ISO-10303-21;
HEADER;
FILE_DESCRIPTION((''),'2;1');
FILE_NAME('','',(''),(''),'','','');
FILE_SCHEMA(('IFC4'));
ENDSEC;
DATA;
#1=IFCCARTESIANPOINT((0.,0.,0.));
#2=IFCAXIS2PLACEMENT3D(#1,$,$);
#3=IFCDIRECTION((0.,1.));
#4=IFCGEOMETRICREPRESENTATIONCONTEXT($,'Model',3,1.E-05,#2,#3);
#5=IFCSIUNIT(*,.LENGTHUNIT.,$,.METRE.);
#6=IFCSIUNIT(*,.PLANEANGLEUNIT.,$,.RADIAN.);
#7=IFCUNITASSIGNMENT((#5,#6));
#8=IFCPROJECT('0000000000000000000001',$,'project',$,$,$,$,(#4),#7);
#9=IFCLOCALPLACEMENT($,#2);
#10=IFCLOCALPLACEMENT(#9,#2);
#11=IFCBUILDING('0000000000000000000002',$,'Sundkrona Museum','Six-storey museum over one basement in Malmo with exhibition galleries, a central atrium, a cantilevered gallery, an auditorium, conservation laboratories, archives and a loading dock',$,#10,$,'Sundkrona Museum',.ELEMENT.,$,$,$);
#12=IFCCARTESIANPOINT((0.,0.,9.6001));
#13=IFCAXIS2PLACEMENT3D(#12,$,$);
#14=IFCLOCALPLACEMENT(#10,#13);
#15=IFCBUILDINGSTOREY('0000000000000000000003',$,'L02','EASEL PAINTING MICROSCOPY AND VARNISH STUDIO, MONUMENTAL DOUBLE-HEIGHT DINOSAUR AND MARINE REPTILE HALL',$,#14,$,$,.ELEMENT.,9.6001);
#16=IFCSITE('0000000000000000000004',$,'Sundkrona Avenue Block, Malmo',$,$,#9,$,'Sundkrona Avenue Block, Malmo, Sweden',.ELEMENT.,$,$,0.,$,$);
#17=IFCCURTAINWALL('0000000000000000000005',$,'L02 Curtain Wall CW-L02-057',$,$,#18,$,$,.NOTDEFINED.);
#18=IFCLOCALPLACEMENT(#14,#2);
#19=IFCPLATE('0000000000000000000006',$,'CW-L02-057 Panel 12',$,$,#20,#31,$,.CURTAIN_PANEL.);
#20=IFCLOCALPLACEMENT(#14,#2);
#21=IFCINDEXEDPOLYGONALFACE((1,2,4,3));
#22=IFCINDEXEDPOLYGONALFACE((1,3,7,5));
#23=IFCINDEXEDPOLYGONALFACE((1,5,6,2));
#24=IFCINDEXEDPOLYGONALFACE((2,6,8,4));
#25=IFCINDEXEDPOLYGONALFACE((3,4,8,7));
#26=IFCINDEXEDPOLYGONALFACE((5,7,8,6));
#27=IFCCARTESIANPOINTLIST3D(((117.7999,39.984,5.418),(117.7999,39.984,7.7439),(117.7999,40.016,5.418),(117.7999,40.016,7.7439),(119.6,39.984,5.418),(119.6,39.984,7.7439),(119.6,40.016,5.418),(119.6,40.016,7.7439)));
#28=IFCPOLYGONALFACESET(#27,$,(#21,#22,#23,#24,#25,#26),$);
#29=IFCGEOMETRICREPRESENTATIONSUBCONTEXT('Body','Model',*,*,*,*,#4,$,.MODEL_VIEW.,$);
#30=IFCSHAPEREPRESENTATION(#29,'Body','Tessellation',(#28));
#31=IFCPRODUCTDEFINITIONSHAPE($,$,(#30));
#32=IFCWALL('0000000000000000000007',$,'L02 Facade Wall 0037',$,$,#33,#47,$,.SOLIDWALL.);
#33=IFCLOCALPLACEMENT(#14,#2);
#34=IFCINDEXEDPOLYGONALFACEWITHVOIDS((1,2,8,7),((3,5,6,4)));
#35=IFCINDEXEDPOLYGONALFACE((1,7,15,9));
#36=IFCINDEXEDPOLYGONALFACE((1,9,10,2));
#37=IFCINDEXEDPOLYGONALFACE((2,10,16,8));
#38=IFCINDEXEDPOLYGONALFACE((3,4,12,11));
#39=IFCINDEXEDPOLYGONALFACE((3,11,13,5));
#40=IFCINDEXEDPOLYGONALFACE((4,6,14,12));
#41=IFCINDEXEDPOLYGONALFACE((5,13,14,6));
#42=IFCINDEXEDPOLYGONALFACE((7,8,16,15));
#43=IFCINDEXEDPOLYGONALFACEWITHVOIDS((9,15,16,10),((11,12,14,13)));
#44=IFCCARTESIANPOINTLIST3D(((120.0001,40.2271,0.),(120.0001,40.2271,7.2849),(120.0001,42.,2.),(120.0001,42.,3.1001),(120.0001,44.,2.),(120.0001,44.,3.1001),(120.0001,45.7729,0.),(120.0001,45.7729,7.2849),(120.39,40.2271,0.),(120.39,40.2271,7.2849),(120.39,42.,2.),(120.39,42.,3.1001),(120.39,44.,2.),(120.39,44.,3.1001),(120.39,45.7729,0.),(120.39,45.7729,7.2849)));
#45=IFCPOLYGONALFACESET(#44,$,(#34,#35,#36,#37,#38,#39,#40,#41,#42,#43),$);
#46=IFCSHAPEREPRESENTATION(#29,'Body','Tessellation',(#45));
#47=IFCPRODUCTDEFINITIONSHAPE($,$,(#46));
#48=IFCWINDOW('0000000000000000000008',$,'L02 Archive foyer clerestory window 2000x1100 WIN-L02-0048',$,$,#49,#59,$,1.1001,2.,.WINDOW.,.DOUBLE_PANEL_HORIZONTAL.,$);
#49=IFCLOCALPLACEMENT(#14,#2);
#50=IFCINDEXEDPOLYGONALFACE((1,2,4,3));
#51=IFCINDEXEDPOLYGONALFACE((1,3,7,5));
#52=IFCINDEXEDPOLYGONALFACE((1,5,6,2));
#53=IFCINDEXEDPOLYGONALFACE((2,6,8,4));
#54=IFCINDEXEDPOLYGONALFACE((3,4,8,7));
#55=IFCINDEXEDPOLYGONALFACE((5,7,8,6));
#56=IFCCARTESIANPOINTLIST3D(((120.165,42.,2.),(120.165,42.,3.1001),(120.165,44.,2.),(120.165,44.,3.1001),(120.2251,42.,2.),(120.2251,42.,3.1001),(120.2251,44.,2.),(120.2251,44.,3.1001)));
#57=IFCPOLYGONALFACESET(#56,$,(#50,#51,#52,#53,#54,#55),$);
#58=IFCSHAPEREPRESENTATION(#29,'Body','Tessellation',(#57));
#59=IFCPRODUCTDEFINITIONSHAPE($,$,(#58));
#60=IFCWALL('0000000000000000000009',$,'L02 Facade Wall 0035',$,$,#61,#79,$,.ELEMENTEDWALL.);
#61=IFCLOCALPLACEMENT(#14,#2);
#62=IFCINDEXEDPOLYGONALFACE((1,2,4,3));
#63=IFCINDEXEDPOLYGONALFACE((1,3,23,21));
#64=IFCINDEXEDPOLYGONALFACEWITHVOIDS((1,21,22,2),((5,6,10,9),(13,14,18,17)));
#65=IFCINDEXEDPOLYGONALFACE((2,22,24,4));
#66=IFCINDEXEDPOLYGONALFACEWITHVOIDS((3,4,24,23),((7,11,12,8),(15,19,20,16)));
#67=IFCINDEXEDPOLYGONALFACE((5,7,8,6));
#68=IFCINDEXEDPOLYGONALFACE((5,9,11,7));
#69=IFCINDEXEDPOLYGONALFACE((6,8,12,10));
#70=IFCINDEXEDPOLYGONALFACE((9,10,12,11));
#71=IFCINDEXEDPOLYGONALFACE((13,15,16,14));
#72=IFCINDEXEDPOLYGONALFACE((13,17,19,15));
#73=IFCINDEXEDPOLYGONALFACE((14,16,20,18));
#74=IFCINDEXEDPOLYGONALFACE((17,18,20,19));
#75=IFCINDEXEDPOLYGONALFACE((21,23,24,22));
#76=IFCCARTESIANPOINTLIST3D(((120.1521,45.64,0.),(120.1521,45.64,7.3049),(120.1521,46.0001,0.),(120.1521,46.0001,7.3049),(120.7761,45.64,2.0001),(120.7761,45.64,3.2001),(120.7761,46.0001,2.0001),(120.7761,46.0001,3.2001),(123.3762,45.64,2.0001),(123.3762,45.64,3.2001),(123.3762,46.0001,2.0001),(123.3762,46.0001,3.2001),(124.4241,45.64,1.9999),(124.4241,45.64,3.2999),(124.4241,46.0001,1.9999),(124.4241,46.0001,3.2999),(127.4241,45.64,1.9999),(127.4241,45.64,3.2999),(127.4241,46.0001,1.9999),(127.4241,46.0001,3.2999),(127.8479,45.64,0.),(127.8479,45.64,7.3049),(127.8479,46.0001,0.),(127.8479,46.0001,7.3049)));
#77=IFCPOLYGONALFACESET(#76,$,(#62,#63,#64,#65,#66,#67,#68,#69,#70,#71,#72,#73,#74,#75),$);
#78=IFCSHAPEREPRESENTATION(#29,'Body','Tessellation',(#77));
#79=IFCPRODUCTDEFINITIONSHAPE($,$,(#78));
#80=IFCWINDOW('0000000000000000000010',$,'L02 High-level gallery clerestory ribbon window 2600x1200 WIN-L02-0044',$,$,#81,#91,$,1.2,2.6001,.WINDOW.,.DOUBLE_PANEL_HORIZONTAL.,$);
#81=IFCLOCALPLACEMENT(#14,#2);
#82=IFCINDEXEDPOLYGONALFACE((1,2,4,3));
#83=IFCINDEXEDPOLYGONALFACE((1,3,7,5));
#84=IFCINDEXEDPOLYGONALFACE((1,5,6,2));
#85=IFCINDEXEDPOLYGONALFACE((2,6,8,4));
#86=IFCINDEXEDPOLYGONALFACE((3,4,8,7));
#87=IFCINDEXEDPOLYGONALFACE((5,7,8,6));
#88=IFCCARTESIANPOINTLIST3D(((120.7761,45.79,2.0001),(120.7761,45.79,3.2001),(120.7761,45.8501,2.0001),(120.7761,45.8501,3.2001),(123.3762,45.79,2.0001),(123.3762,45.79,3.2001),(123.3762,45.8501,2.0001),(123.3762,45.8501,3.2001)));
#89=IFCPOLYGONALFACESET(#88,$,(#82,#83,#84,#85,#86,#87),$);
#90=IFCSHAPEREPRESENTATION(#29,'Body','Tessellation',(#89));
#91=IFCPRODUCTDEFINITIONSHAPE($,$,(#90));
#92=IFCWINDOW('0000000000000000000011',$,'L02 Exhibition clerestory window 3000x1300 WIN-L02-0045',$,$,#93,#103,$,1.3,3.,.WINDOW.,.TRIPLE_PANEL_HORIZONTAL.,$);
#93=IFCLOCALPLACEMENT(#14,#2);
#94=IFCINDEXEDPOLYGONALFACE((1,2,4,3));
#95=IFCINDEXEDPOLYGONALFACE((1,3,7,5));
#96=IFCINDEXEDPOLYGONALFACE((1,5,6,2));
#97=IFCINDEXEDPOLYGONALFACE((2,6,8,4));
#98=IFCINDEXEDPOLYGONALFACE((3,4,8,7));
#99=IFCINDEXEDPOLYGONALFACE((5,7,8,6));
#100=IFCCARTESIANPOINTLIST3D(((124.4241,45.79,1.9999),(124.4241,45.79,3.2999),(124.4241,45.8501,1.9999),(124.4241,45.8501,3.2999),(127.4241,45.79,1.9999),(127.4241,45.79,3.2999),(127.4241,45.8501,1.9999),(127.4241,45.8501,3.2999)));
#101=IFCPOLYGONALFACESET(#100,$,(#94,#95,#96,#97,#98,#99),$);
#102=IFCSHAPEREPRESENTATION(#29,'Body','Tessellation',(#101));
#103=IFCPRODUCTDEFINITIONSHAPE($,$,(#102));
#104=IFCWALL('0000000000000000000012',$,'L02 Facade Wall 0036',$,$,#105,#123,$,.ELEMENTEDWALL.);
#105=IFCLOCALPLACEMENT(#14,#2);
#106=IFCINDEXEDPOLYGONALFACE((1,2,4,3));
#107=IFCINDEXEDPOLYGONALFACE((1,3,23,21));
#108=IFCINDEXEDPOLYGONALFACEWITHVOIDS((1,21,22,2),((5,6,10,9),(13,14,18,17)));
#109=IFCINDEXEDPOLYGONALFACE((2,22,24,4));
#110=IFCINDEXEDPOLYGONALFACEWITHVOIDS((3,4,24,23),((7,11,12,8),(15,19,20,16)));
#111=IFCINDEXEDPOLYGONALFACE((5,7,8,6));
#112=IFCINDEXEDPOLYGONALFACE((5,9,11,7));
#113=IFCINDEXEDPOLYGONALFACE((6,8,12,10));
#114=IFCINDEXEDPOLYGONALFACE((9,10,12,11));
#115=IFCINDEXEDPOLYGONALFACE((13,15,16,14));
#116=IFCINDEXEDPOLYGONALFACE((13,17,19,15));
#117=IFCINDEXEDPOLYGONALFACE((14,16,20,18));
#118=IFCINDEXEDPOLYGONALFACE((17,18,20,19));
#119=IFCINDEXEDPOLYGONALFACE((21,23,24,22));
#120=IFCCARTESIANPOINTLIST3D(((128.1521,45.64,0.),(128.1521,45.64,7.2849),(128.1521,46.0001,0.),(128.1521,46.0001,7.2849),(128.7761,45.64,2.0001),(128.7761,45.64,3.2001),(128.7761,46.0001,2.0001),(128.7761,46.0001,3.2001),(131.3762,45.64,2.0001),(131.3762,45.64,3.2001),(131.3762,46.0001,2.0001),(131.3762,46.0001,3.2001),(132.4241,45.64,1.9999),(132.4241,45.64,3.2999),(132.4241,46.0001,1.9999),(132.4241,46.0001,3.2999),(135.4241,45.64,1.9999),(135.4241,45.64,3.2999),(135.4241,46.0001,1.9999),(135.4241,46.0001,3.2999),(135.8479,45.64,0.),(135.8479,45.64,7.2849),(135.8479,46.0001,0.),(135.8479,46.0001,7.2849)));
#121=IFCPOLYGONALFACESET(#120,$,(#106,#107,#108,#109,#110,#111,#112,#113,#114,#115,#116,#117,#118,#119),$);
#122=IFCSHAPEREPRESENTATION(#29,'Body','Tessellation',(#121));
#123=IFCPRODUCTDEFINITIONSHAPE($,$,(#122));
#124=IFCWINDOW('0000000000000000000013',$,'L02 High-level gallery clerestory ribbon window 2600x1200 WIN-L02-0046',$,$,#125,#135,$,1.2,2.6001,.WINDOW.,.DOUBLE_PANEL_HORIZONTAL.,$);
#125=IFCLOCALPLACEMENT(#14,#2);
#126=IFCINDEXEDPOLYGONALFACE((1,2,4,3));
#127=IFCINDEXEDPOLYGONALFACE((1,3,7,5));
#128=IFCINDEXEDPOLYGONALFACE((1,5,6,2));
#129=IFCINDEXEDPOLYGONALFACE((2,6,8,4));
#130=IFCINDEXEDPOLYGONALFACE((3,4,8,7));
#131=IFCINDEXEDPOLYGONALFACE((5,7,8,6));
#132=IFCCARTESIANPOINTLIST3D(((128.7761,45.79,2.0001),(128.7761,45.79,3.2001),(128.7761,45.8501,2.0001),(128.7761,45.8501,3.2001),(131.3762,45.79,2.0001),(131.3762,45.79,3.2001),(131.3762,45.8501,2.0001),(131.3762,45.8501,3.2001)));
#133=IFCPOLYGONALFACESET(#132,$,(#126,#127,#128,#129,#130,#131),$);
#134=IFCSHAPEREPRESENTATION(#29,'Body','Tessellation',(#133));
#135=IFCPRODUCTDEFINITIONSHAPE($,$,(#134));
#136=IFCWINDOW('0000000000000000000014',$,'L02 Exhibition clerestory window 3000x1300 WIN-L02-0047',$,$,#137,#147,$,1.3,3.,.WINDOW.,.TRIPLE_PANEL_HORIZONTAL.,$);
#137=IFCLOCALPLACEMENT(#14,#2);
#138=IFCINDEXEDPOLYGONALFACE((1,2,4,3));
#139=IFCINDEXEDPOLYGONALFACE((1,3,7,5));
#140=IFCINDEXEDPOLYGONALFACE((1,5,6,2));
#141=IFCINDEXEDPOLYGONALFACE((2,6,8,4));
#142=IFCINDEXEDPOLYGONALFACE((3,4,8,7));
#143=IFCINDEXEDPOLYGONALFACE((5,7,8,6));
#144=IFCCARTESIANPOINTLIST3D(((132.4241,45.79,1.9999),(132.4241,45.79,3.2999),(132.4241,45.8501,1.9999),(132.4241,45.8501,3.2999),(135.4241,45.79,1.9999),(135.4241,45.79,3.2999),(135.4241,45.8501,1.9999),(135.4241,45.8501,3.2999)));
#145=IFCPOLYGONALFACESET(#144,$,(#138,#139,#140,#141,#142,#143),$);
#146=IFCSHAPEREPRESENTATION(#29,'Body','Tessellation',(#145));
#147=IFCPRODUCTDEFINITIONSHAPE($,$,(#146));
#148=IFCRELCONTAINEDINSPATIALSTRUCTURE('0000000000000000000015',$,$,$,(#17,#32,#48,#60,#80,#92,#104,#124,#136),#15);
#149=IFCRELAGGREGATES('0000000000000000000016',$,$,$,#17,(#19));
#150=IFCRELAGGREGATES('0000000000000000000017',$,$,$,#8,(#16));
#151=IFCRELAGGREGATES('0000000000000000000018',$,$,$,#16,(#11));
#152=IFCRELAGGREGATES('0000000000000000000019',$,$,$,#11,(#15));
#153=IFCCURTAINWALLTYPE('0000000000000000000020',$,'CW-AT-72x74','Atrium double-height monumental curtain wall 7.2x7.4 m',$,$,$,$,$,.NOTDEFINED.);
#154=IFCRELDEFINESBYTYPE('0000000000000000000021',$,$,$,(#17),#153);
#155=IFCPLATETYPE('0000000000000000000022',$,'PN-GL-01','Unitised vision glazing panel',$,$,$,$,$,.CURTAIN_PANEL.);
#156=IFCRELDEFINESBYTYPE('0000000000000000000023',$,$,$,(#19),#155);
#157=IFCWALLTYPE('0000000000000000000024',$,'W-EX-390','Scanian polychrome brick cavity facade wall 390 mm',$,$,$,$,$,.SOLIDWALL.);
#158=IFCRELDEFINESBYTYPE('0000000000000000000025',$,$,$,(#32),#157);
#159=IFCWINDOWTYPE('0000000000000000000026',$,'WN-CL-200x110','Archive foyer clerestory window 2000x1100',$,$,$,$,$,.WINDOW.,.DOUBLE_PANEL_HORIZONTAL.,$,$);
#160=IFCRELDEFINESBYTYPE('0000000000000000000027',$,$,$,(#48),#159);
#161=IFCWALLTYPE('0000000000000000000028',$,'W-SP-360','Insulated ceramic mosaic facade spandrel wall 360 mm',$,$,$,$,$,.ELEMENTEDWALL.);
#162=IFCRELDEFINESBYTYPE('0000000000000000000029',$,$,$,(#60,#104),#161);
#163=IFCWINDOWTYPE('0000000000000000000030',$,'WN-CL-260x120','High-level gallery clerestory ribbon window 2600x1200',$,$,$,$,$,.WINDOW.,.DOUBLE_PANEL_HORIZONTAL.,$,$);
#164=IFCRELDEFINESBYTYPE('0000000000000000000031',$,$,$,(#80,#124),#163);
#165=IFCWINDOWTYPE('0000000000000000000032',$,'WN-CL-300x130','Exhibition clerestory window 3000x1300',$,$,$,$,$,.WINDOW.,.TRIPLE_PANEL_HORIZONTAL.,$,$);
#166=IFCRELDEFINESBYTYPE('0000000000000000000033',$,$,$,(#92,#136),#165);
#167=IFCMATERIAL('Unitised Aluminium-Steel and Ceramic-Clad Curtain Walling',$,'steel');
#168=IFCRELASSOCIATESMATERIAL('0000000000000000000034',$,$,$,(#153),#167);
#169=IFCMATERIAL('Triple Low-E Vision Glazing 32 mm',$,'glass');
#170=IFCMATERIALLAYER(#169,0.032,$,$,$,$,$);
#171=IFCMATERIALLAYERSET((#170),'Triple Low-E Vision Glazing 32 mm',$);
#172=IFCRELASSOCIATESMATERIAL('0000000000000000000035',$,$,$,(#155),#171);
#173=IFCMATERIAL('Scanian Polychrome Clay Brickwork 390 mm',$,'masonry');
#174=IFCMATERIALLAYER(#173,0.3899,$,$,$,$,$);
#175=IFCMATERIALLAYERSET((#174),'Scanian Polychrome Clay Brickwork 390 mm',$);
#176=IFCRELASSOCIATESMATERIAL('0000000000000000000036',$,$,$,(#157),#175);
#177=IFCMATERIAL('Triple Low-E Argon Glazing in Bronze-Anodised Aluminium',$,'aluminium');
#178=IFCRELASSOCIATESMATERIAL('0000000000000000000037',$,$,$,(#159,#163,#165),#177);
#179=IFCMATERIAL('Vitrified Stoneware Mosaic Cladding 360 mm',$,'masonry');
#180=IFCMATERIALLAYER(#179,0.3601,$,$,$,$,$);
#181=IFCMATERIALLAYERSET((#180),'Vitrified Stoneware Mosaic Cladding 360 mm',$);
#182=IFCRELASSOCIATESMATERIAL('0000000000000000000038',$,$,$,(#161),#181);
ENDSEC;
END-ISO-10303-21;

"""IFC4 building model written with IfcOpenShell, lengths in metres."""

from ifc_helpers import new_model, si_unit, direction, frame, frame_2d, origin, origin_2d, place, context, subcontext, project, spatial, rectangle, extrude, material, layer, layer_set, type_object, element, fill, aggregate, save


model = new_model("IFC4")

# Units and contexts
model_context = context("Model", 3, precision=1e-05, world=origin(), true_north=direction((0.0, 1.0)))
body_context = subcontext(model_context, "Body", "Model", "MODEL_VIEW")
ifc_project = project(units=[si_unit("LENGTHUNIT", "METRE"), si_unit("PLANEANGLEUNIT", "RADIAN")], contexts=[model_context])

# Site, building, storey
site_placement = place(None, origin())
site = spatial("IfcSite", under=ifc_project, at=site_placement, Name="Sundkrona Avenue Block, Malmo", LongName="Sundkrona Avenue Block, Malmo, Sweden", CompositionType="ELEMENT", RefElevation=0.0)
building_placement = place(site_placement, origin())
building = spatial("IfcBuilding", under=site, at=building_placement, Name="Sundkrona Museum", Description="Six-storey museum over one basement in Malmo with exhibition galleries, a central atrium, a cantilevered gallery, an auditorium, conservation laboratories, archives and a loading dock", LongName="Sundkrona Museum", CompositionType="ELEMENT")
storey_placement = place(building_placement, frame((0.0, 0.0, 9.6001)))
storey = spatial("IfcBuildingStorey", under=building, at=storey_placement, Name="L02", Description="EASEL PAINTING MICROSCOPY AND VARNISH STUDIO, MONUMENTAL DOUBLE-HEIGHT DINOSAUR AND MARINE REPTILE HALL", CompositionType="ELEMENT", Elevation=9.6001)

# Curtain wall
ifc_material_1 = material(Name="Unitised Aluminium-Steel and Ceramic-Clad Curtain Walling", Category="steel")
curtain_wall_type = type_object("IfcCurtainWallType", Name="CW-AT-72x74", Description="Atrium double-height monumental curtain wall 7.2x7.4 m", PredefinedType="NOTDEFINED", material=ifc_material_1)
curtain_wall_placement = place(storey_placement, origin())
curtain_wall = element("IfcCurtainWall", 1, at=curtain_wall_placement, inside=storey, type_object=curtain_wall_type, Name="L02 Curtain Wall CW-L02-057", PredefinedType="NOTDEFINED")

# Plate
ifc_material_2 = material(Name="Triple Low-E Vision Glazing 32 mm", Category="glass")
ifc_layer_1 = layer(ifc_material_2, 0.032)
ifc_layer_set_1 = layer_set([ifc_layer_1], Name="Triple Low-E Vision Glazing 32 mm")
plate_type = type_object("IfcPlateType", Name="PN-GL-01", Description="Unitised vision glazing panel", PredefinedType="CURTAIN_PANEL", material=ifc_layer_set_1)
plate_1_placement = place(storey_placement, frame((118.7, 40.0, 5.418), z_axis=(0.0, 0.0, 1.0), x_axis=(1.0, 0.0, 0.0)))
plate_1 = element("IfcPlate", 2, at=plate_1_placement, type_object=plate_type, Name="CW-L02-057 Panel 12", PredefinedType="CURTAIN_PANEL", context=body_context, shape_type="SweptSolid", body=[
    extrude(rectangle(XDim=1.8, YDim=0.032, at=origin_2d()), origin(), (0.0, 0.0, 1.0), 2.3259),
])
aggregate(curtain_wall, [plate_1])

# Wall, opening, window
ifc_material_3 = material(Name="Scanian Polychrome Clay Brickwork 390 mm", Category="masonry")
ifc_layer_2 = layer(ifc_material_3, 0.3899)
ifc_layer_set_2 = layer_set([ifc_layer_2], Name="Scanian Polychrome Clay Brickwork 390 mm")
wall_type_1 = type_object("IfcWallType", Name="W-EX-390", Description="Scanian polychrome brick cavity facade wall 390 mm", PredefinedType="SOLIDWALL", material=ifc_layer_set_2)
wall_1_placement = place(storey_placement, frame((120.1951, 40.2271, 0.0), z_axis=(0.0, 0.0, 1.0), x_axis=(0.0, 1.0, 0.0)))
wall_1 = element("IfcWall", 3, at=wall_1_placement, inside=storey, type_object=wall_type_1, Name="L02 Facade Wall 0037", PredefinedType="SOLIDWALL", context=body_context, shape_type="SweptSolid", body=[
    extrude(rectangle(XDim=5.5459, YDim=0.3899, at=frame_2d((2.7729, 0.0))), origin(), (0.0, 0.0, 1.0), 7.2849),
])
opening_1_placement = place(wall_1_placement, frame((1.7729, 0.0, 2.0)))
opening_1 = element("IfcOpeningElement", 4, at=opening_1_placement, cuts=wall_1, PredefinedType="OPENING", context=body_context, shape_type="SweptSolid", body=[
    extrude(rectangle(XDim=2.0, YDim=1.1001, at=frame_2d((1.0, 0.55))), frame((0.0, 0.2048, 0.0), z_axis=(0.0, -1.0, 0.0), x_axis=(1.0, 0.0, 0.0)), (0.0, 0.0, 1.0), 0.4099),
])
ifc_material_4 = material(Name="Triple Low-E Argon Glazing in Bronze-Anodised Aluminium", Category="aluminium")
window_type_1 = type_object("IfcWindowType", Name="WN-CL-200x110", Description="Archive foyer clerestory window 2000x1100", PartitioningType="DOUBLE_PANEL_HORIZONTAL", PredefinedType="WINDOW", material=ifc_material_4)
window_1_placement = place(opening_1_placement, origin())
window_1 = element("IfcWindow", 5, at=window_1_placement, inside=storey, type_object=window_type_1, Name="L02 Archive foyer clerestory window 2000x1100 WIN-L02-0048", OverallHeight=1.1001, OverallWidth=2.0, PartitioningType="DOUBLE_PANEL_HORIZONTAL", PredefinedType="WINDOW", context=body_context, shape_type="SweptSolid", body=[
    extrude(rectangle(XDim=2.0, YDim=1.1001, at=frame_2d((1.0, 0.55))), frame((0.0, 0.03, 0.0), z_axis=(0.0, -1.0, 0.0), x_axis=(1.0, 0.0, 0.0)), (0.0, 0.0, 1.0), 0.0601),
])
fill(opening_1, window_1)

# Walls, openings, windows
ifc_material_5 = material(Name="Vitrified Stoneware Mosaic Cladding 360 mm", Category="masonry")
ifc_layer_3 = layer(ifc_material_5, 0.3601)
ifc_layer_set_3 = layer_set([ifc_layer_3], Name="Vitrified Stoneware Mosaic Cladding 360 mm")
wall_type_2 = type_object("IfcWallType", Name="W-SP-360", Description="Insulated ceramic mosaic facade spandrel wall 360 mm", PredefinedType="ELEMENTEDWALL", material=ifc_layer_set_3)
wall_2_placement = place(storey_placement, frame((120.1521, 45.8201, 0.0), z_axis=(0.0, 0.0, 1.0), x_axis=(1.0, 0.0, 0.0)))
wall_2 = element("IfcWall", 6, at=wall_2_placement, inside=storey, type_object=wall_type_2, Name="L02 Facade Wall 0035", PredefinedType="ELEMENTEDWALL", context=body_context, shape_type="SweptSolid", body=[
    extrude(rectangle(XDim=7.6958, YDim=0.3601, at=frame_2d((3.8479, 0.0))), origin(), (0.0, 0.0, 1.0), 7.3049),
])
opening_2_placement = place(wall_2_placement, frame((0.624, 0.0, 2.0)))
opening_2 = element("IfcOpeningElement", 7, at=opening_2_placement, cuts=wall_2, PredefinedType="OPENING", context=body_context, shape_type="SweptSolid", body=[
    extrude(rectangle(XDim=2.6001, YDim=1.2, at=frame_2d((1.3, 0.6001))), frame((0.0, 0.1899, 0.0), z_axis=(0.0, -1.0, 0.0), x_axis=(1.0, 0.0, 0.0)), (0.0, 0.0, 1.0), 0.3801),
])
opening_3_placement = place(wall_2_placement, frame((4.272, 0.0, 2.0)))
opening_3 = element("IfcOpeningElement", 8, at=opening_3_placement, cuts=wall_2, PredefinedType="OPENING", context=body_context, shape_type="SweptSolid", body=[
    extrude(rectangle(XDim=3.0, YDim=1.3, at=frame_2d((1.5, 0.6499))), frame((0.0, 0.1899, 0.0), z_axis=(0.0, -1.0, 0.0), x_axis=(1.0, 0.0, 0.0)), (0.0, 0.0, 1.0), 0.3801),
])
window_type_2 = type_object("IfcWindowType", Name="WN-CL-260x120", Description="High-level gallery clerestory ribbon window 2600x1200", PartitioningType="DOUBLE_PANEL_HORIZONTAL", PredefinedType="WINDOW", material=ifc_material_4)
window_2_placement = place(opening_2_placement, origin())
window_2 = element("IfcWindow", 9, at=window_2_placement, inside=storey, type_object=window_type_2, Name="L02 High-level gallery clerestory ribbon window 2600x1200 WIN-L02-0044", OverallHeight=1.2, OverallWidth=2.6001, PartitioningType="DOUBLE_PANEL_HORIZONTAL", PredefinedType="WINDOW", context=body_context, shape_type="SweptSolid", body=[
    extrude(rectangle(XDim=2.6001, YDim=1.2, at=frame_2d((1.3, 0.6001))), frame((0.0, 0.03, 0.0), z_axis=(0.0, -1.0, 0.0), x_axis=(1.0, 0.0, 0.0)), (0.0, 0.0, 1.0), 0.0601),
])
fill(opening_2, window_2)
window_type_3 = type_object("IfcWindowType", Name="WN-CL-300x130", Description="Exhibition clerestory window 3000x1300", PartitioningType="TRIPLE_PANEL_HORIZONTAL", PredefinedType="WINDOW", material=ifc_material_4)
window_3_placement = place(opening_3_placement, origin())
window_3 = element("IfcWindow", 10, at=window_3_placement, inside=storey, type_object=window_type_3, Name="L02 Exhibition clerestory window 3000x1300 WIN-L02-0045", OverallHeight=1.3, OverallWidth=3.0, PartitioningType="TRIPLE_PANEL_HORIZONTAL", PredefinedType="WINDOW", context=body_context, shape_type="SweptSolid", body=[
    extrude(rectangle(XDim=3.0, YDim=1.3, at=frame_2d((1.5, 0.6499))), frame((0.0, 0.03, 0.0), z_axis=(0.0, -1.0, 0.0), x_axis=(1.0, 0.0, 0.0)), (0.0, 0.0, 1.0), 0.0601),
])
fill(opening_3, window_3)
wall_3_placement = place(storey_placement, frame((128.1521, 45.8201, 0.0), z_axis=(0.0, 0.0, 1.0), x_axis=(1.0, 0.0, 0.0)))
wall_3 = element("IfcWall", 11, at=wall_3_placement, inside=storey, type_object=wall_type_2, Name="L02 Facade Wall 0036", PredefinedType="ELEMENTEDWALL", context=body_context, shape_type="SweptSolid", body=[
    extrude(rectangle(XDim=7.6958, YDim=0.3601, at=frame_2d((3.8479, 0.0))), origin(), (0.0, 0.0, 1.0), 7.2849),
])
opening_4_placement = place(wall_3_placement, frame((0.624, 0.0, 2.0)))
opening_4 = element("IfcOpeningElement", 12, at=opening_4_placement, cuts=wall_3, PredefinedType="OPENING", context=body_context, shape_type="SweptSolid", body=[
    extrude(rectangle(XDim=2.6001, YDim=1.2, at=frame_2d((1.3, 0.6001))), frame((0.0, 0.1899, 0.0), z_axis=(0.0, -1.0, 0.0), x_axis=(1.0, 0.0, 0.0)), (0.0, 0.0, 1.0), 0.3801),
])
opening_5_placement = place(wall_3_placement, frame((4.272, 0.0, 2.0)))
opening_5 = element("IfcOpeningElement", 13, at=opening_5_placement, cuts=wall_3, PredefinedType="OPENING", context=body_context, shape_type="SweptSolid", body=[
    extrude(rectangle(XDim=3.0, YDim=1.3, at=frame_2d((1.5, 0.6499))), frame((0.0, 0.1899, 0.0), z_axis=(0.0, -1.0, 0.0), x_axis=(1.0, 0.0, 0.0)), (0.0, 0.0, 1.0), 0.3801),
])
window_4_placement = place(opening_4_placement, origin())
window_4 = element("IfcWindow", 14, at=window_4_placement, inside=storey, type_object=window_type_2, Name="L02 High-level gallery clerestory ribbon window 2600x1200 WIN-L02-0046", OverallHeight=1.2, OverallWidth=2.6001, PartitioningType="DOUBLE_PANEL_HORIZONTAL", PredefinedType="WINDOW", context=body_context, shape_type="SweptSolid", body=[
    extrude(rectangle(XDim=2.6001, YDim=1.2, at=frame_2d((1.3, 0.6001))), frame((0.0, 0.03, 0.0), z_axis=(0.0, -1.0, 0.0), x_axis=(1.0, 0.0, 0.0)), (0.0, 0.0, 1.0), 0.0601),
])
fill(opening_4, window_4)
window_5_placement = place(opening_5_placement, origin())
window_5 = element("IfcWindow", 15, at=window_5_placement, inside=storey, type_object=window_type_3, Name="L02 Exhibition clerestory window 3000x1300 WIN-L02-0047", OverallHeight=1.3, OverallWidth=3.0, PartitioningType="TRIPLE_PANEL_HORIZONTAL", PredefinedType="WINDOW", context=body_context, shape_type="SweptSolid", body=[
    extrude(rectangle(XDim=3.0, YDim=1.3, at=frame_2d((1.5, 0.6499))), frame((0.0, 0.03, 0.0), z_axis=(0.0, -1.0, 0.0), x_axis=(1.0, 0.0, 0.0)), (0.0, 0.0, 1.0), 0.0601),
])
fill(opening_5, window_5)

save(model, "model.ifc")
